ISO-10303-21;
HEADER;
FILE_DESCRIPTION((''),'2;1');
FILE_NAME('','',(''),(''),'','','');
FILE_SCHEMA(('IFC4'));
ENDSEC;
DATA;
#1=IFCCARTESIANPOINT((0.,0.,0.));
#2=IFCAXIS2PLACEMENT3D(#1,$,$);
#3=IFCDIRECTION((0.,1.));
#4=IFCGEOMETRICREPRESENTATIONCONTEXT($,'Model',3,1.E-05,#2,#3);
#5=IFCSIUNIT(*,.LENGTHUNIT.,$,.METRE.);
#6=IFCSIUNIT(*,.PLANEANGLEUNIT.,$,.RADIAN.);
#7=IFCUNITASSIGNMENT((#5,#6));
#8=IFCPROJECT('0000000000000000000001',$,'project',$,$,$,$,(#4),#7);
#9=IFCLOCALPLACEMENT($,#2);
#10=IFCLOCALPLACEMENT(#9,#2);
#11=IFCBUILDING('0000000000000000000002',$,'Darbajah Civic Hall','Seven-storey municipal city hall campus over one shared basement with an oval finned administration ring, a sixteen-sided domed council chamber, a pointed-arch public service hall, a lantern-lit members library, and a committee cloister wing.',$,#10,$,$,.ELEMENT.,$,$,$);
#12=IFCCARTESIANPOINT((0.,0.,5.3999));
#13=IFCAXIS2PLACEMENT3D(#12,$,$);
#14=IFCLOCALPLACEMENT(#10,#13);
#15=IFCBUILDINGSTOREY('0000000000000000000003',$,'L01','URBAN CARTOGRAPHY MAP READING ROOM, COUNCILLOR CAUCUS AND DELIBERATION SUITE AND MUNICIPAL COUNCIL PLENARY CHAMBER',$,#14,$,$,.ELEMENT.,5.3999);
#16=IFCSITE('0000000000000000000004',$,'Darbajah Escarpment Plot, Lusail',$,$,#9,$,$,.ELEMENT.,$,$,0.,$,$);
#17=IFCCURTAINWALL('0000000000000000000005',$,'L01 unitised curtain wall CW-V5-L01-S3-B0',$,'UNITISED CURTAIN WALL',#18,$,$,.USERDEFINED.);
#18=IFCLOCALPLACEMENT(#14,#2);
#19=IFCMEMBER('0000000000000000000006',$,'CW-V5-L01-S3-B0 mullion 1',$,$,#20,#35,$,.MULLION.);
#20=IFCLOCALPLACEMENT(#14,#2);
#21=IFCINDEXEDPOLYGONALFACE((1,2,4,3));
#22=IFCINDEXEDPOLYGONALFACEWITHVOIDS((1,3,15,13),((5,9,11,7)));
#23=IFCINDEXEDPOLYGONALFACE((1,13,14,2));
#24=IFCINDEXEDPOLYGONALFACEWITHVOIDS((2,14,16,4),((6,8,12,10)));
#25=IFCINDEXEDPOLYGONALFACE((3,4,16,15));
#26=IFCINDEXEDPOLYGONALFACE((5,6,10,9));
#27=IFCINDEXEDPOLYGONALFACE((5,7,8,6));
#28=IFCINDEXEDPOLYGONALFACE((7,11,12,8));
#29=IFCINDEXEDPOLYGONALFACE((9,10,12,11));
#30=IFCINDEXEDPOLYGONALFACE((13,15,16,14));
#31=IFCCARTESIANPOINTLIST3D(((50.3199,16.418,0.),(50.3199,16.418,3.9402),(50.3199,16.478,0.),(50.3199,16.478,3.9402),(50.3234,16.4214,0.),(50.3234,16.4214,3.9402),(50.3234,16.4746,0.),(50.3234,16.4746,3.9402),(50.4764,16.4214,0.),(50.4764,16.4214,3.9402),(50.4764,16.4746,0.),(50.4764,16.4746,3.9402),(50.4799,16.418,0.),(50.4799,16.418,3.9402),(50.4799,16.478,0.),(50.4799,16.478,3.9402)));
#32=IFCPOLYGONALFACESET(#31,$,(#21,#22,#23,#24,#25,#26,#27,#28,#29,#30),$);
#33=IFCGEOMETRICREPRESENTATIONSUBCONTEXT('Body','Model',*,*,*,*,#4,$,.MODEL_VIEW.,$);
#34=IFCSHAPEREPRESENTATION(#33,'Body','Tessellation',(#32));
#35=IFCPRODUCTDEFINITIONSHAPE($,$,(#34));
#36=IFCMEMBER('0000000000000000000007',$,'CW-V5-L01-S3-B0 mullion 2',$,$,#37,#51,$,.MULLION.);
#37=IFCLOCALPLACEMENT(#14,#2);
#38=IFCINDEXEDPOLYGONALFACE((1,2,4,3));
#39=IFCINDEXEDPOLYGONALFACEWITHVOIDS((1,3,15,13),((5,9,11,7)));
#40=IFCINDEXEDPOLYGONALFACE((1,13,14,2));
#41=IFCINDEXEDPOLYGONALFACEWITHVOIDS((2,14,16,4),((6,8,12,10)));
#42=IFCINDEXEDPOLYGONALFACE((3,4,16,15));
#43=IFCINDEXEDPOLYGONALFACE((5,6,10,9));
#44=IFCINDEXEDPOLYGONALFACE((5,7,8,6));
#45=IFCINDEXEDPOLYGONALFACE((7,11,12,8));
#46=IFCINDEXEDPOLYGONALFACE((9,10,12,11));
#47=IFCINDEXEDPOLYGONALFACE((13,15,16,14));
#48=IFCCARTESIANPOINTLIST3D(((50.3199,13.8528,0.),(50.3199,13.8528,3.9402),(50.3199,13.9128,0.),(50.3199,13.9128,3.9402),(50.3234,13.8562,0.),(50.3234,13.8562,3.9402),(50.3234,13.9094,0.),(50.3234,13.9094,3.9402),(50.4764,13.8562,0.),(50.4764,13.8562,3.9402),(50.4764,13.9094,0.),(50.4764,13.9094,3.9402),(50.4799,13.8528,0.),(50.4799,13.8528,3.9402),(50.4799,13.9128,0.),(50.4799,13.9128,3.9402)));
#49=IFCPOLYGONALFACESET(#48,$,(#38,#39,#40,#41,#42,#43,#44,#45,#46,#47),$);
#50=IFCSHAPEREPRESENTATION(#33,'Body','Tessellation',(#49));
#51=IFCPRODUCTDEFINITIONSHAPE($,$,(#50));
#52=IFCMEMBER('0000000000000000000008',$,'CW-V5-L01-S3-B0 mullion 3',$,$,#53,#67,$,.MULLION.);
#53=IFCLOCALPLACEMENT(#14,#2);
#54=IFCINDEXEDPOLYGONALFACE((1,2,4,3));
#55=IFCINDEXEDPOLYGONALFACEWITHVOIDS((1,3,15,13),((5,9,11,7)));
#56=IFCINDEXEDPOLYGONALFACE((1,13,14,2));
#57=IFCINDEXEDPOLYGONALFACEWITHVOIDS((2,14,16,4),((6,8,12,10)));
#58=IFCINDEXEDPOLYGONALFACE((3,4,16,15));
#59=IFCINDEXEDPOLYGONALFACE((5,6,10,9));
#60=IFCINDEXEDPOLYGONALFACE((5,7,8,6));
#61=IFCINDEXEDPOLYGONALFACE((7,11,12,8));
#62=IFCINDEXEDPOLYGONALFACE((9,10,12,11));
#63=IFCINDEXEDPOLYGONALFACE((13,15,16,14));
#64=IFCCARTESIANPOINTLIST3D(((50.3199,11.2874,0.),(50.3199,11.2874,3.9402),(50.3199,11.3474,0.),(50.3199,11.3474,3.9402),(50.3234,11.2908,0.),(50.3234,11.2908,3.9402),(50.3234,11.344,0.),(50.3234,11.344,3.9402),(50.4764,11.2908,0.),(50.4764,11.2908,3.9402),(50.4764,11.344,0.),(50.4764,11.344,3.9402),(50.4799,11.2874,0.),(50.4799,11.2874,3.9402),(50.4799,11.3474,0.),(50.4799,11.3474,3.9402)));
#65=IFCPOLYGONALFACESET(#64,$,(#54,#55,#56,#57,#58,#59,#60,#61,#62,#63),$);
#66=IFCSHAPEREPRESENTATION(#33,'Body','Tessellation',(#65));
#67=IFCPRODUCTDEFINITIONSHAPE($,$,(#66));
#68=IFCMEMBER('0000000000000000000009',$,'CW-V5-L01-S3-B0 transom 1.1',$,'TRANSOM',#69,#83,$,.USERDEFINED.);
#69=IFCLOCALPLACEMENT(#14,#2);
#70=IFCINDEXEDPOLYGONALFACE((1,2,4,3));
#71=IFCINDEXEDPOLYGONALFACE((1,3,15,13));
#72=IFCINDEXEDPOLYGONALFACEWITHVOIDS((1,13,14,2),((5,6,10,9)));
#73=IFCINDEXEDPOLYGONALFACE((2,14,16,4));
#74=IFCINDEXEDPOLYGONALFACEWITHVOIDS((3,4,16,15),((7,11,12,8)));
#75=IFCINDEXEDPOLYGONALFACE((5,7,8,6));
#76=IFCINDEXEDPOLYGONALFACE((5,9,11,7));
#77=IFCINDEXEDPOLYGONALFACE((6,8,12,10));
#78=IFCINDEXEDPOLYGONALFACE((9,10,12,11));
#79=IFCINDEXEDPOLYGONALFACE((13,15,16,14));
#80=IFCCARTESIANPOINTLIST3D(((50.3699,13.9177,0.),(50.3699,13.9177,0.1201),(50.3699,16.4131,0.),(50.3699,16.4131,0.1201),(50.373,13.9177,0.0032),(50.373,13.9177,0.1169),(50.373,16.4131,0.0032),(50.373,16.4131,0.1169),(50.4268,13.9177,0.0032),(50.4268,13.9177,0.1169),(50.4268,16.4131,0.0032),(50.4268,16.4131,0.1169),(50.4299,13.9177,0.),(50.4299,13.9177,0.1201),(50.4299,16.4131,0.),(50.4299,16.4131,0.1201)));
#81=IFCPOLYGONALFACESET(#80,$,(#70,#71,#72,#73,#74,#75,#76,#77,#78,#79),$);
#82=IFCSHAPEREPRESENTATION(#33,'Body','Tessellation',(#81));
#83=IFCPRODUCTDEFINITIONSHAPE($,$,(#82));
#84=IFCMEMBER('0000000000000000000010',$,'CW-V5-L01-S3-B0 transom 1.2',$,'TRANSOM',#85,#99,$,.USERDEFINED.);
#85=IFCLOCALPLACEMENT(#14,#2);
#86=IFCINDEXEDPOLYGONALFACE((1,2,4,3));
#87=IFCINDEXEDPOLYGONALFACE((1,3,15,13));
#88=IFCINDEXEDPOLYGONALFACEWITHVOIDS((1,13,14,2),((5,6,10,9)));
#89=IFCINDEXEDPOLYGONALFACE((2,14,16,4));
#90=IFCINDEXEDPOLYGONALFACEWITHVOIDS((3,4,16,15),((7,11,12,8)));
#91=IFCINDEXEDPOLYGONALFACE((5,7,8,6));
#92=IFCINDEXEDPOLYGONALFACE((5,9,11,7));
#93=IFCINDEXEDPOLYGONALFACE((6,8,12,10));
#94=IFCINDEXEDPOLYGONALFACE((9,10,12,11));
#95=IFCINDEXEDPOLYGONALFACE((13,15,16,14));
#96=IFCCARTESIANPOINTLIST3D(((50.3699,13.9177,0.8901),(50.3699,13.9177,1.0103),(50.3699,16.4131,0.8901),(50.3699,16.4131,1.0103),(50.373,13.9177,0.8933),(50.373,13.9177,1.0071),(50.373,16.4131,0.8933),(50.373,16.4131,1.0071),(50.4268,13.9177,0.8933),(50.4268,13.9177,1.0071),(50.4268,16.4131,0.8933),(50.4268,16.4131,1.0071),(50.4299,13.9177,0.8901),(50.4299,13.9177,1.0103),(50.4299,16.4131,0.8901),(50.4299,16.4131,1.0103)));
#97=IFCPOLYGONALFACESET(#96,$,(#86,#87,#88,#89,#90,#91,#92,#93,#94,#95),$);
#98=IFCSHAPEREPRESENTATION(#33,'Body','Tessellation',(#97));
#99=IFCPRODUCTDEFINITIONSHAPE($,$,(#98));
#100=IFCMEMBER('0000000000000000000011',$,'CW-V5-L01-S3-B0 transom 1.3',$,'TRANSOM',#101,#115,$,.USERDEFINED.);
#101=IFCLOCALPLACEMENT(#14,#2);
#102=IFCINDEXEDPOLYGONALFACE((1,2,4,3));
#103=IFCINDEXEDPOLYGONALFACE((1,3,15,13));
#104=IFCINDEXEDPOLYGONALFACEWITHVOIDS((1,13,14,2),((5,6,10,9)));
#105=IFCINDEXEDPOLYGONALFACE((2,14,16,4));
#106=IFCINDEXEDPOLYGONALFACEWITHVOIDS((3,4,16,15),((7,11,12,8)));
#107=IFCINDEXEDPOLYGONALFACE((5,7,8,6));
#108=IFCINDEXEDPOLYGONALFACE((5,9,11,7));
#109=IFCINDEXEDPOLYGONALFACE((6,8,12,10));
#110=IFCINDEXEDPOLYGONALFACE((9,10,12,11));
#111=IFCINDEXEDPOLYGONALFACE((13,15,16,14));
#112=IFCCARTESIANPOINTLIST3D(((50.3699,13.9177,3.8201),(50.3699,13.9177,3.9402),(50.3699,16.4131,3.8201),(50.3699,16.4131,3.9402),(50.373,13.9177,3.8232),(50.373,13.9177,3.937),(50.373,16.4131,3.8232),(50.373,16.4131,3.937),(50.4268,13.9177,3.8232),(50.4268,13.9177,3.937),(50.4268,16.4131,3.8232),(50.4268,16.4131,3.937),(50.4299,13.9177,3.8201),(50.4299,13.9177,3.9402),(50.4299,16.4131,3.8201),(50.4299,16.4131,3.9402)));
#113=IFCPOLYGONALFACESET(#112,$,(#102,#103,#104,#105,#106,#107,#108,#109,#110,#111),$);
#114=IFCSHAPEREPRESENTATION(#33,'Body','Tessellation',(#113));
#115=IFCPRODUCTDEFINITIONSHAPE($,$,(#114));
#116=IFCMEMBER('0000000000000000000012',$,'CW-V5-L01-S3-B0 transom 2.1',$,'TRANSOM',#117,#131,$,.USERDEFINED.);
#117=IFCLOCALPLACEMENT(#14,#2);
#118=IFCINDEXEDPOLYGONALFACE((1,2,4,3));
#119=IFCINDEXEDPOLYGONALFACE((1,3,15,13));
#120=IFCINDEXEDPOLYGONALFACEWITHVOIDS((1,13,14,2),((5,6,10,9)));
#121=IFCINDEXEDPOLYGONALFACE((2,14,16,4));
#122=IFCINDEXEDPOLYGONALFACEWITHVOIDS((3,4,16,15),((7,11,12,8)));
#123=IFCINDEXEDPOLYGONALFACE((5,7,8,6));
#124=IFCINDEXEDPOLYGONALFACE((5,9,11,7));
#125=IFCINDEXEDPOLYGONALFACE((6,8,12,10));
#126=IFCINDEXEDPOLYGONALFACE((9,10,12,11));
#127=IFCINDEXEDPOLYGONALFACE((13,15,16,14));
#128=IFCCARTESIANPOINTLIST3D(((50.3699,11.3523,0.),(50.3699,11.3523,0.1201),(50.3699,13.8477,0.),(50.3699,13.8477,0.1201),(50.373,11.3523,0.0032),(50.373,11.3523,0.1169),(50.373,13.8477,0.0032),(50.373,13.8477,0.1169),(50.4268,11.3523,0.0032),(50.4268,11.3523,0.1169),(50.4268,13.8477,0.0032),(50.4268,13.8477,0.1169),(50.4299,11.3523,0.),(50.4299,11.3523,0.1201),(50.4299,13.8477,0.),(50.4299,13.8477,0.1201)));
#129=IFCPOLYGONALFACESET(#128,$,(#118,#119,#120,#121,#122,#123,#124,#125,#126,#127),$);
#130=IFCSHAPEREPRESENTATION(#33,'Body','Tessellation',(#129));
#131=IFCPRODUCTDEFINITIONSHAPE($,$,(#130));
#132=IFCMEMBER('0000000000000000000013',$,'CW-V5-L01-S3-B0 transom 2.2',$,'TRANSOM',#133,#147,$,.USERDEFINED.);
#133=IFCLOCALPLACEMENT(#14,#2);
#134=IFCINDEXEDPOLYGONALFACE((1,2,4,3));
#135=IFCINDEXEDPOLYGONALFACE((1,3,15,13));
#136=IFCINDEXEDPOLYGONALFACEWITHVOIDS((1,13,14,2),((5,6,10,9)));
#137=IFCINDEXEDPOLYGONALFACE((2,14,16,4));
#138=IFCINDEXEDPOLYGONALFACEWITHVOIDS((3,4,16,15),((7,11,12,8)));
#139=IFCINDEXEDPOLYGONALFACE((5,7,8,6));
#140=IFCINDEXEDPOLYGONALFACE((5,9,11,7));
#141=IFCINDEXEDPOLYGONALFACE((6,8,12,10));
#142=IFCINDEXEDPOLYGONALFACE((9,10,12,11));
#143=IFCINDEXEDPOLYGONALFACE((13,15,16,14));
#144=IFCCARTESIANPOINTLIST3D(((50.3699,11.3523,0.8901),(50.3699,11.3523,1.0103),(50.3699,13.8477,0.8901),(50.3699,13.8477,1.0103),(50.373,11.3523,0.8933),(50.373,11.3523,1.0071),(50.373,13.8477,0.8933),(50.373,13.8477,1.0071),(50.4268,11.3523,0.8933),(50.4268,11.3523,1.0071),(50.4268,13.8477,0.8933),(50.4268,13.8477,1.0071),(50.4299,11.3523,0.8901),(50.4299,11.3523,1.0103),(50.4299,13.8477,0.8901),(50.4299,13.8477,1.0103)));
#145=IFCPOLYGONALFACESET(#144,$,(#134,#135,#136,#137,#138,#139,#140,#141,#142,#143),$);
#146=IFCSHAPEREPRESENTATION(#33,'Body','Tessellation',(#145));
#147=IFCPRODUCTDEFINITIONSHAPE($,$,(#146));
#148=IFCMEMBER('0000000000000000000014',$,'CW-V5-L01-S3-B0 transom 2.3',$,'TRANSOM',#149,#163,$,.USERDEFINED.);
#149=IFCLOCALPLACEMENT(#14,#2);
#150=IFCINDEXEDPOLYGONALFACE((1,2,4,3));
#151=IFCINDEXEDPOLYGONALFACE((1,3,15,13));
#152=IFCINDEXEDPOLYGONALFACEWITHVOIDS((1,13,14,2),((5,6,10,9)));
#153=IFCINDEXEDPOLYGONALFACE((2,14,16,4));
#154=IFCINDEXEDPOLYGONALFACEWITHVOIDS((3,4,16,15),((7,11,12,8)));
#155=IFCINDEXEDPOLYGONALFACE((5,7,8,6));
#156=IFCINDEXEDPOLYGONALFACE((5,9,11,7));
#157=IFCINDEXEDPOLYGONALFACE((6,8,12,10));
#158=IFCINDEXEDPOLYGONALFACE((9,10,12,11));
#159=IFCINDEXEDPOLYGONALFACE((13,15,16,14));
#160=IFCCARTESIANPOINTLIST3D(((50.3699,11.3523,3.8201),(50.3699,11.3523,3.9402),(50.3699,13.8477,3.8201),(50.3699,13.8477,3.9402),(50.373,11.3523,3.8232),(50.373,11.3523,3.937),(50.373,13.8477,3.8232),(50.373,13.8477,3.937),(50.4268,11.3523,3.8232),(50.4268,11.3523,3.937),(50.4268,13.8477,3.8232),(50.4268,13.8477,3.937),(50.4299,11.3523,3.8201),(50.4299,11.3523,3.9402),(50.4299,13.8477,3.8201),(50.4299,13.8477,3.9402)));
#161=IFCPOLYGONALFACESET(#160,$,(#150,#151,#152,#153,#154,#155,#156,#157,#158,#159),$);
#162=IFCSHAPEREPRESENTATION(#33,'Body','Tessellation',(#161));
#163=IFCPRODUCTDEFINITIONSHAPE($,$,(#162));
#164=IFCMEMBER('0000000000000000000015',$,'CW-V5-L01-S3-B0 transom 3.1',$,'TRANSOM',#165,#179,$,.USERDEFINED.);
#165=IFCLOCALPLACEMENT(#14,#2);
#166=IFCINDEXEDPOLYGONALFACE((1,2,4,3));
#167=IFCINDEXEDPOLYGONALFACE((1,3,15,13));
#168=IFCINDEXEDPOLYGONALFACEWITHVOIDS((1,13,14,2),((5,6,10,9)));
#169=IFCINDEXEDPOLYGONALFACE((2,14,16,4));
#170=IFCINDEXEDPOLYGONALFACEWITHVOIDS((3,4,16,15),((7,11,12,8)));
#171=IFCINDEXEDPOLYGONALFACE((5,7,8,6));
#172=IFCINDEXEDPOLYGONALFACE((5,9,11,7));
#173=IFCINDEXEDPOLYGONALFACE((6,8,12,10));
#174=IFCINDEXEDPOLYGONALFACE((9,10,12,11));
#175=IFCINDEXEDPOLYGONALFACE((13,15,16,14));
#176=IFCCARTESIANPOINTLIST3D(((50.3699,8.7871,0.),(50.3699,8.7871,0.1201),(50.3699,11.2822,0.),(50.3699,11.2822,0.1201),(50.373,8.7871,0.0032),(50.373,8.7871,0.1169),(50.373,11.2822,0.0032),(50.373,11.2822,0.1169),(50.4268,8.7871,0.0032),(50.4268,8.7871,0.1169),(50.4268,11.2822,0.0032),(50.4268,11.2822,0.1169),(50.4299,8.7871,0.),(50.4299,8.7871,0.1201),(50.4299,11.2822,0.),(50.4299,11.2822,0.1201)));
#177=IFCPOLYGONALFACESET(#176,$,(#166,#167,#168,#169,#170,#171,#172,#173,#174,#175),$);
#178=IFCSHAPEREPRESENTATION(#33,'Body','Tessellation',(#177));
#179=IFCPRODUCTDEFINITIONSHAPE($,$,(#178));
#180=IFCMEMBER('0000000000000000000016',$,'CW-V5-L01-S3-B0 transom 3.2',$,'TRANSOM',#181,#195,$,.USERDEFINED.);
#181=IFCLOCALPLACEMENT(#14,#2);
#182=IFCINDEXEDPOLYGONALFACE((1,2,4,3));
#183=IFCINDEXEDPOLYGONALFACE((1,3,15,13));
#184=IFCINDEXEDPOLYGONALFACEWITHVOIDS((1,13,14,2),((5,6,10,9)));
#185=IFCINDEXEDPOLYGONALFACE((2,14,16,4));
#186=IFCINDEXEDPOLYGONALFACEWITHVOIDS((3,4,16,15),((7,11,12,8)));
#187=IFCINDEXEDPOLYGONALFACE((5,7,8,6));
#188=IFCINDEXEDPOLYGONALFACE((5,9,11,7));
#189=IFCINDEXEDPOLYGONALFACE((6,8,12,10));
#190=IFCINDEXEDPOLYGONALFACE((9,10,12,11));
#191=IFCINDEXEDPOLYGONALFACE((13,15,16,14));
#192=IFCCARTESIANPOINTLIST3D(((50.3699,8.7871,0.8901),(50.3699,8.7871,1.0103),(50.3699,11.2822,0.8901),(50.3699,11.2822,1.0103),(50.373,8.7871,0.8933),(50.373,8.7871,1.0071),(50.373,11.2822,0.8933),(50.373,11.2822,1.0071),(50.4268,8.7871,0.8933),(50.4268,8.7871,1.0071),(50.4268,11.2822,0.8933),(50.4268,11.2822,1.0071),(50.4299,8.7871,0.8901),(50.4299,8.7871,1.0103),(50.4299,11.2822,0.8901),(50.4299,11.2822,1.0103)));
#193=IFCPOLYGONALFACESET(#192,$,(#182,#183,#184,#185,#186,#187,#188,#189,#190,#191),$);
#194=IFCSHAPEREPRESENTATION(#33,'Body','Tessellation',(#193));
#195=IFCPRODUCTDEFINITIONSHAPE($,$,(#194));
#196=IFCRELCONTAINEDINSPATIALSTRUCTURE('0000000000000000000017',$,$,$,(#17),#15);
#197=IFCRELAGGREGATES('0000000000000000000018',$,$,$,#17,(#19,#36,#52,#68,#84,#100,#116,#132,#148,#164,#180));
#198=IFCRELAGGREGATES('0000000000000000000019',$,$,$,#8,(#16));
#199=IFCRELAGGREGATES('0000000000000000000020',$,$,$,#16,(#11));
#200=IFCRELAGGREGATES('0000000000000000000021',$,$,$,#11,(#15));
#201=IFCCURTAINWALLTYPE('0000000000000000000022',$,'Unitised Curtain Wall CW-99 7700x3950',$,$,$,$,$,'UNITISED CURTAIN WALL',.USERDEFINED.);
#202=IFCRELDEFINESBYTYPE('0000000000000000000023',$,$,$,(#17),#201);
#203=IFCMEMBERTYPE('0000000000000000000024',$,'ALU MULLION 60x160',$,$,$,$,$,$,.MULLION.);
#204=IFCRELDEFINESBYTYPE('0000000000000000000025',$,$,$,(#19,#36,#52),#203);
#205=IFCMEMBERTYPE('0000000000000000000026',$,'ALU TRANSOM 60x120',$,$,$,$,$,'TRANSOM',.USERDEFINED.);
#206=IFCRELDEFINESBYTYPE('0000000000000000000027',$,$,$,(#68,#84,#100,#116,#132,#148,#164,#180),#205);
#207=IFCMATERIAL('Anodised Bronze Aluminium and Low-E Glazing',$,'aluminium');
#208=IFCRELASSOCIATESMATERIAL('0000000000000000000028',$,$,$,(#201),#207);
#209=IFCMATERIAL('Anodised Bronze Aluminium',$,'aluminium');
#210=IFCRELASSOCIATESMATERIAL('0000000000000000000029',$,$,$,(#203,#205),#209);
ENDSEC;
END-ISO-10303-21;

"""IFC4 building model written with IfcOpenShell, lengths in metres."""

from ifc_helpers import new_model, si_unit, direction, frame, origin, origin_2d, place, context, subcontext, project, spatial, hollow_rectangle, extrude, material, material_profile, profile_set, type_object, element, aggregate, save


model = new_model("IFC4")

# Units and contexts
model_context = context("Model", 3, precision=1e-05, world=origin(), true_north=direction((0.0, 1.0)))
body_context = subcontext(model_context, "Body", "Model", "MODEL_VIEW")
ifc_project = project(units=[si_unit("LENGTHUNIT", "METRE"), si_unit("PLANEANGLEUNIT", "RADIAN")], contexts=[model_context])

# Site, building, storey
site_placement = place(None, origin())
site = spatial("IfcSite", under=ifc_project, at=site_placement, Name="Darbajah Escarpment Plot, Lusail", CompositionType="ELEMENT", RefElevation=0.0)
building_placement = place(site_placement, origin())
building = spatial("IfcBuilding", under=site, at=building_placement, Name="Darbajah Civic Hall", Description="Seven-storey municipal city hall campus over one shared basement with an oval finned administration ring, a sixteen-sided domed council chamber, a pointed-arch public service hall, a lantern-lit members library, and a committee cloister wing.", CompositionType="ELEMENT")
storey_placement = place(building_placement, frame((0.0, 0.0, 5.3999)))
storey = spatial("IfcBuildingStorey", under=building, at=storey_placement, Name="L01", Description="URBAN CARTOGRAPHY MAP READING ROOM, COUNCILLOR CAUCUS AND DELIBERATION SUITE AND MUNICIPAL COUNCIL PLENARY CHAMBER", CompositionType="ELEMENT", Elevation=5.3999)

# Curtain wall, members
ifc_material_1 = material(Name="Anodised Bronze Aluminium and Low-E Glazing", Category="aluminium")
curtain_wall_type = type_object("IfcCurtainWallType", Name="Unitised Curtain Wall CW-99 7700x3950", ElementType="UNITISED CURTAIN WALL", PredefinedType="USERDEFINED", material=ifc_material_1)
curtain_wall_placement = place(storey_placement, origin())
curtain_wall = element("IfcCurtainWall", 1, at=curtain_wall_placement, inside=storey, type_object=curtain_wall_type, Name="L01 unitised curtain wall CW-V5-L01-S3-B0", ObjectType="UNITISED CURTAIN WALL", PredefinedType="USERDEFINED")
ifc_material_2 = material(Name="Anodised Bronze Aluminium", Category="aluminium")
ifc_material_profile_1 = material_profile(ifc_material_2, hollow_rectangle(XDim=0.0601, YDim=0.1599, WallThickness=0.0034, at=origin_2d()), Name="ALU MULLION 60x160")
ifc_profile_set_1 = profile_set([ifc_material_profile_1], Name="Anodised Bronze Aluminium")
member_type_1 = type_object("IfcMemberType", Name="ALU MULLION 60x160", PredefinedType="MULLION", material=ifc_profile_set_1)
member_1_placement = place(storey_placement, frame((50.3999, 16.448, 0.0), z_axis=(0.0, 0.0, 1.0), x_axis=(0.0, -1.0, 0.0)))
member_1 = element("IfcMember", 2, at=member_1_placement, type_object=member_type_1, Name="CW-V5-L01-S3-B0 mullion 1", PredefinedType="MULLION", context=body_context, shape_type="SweptSolid", body=[
    extrude(hollow_rectangle(XDim=0.0601, YDim=0.1599, WallThickness=0.0034, at=origin_2d()), origin(), (0.0, 0.0, 1.0), 3.9402),
])
member_2_placement = place(storey_placement, frame((50.3999, 13.8828, 0.0), z_axis=(0.0, 0.0, 1.0), x_axis=(0.0, -1.0, 0.0)))
member_2 = element("IfcMember", 3, at=member_2_placement, type_object=member_type_1, Name="CW-V5-L01-S3-B0 mullion 2", PredefinedType="MULLION", context=body_context, shape_type="SweptSolid", body=[
    extrude(hollow_rectangle(XDim=0.0601, YDim=0.1599, WallThickness=0.0034, at=origin_2d()), origin(), (0.0, 0.0, 1.0), 3.9402),
])
member_3_placement = place(storey_placement, frame((50.3999, 11.3174, 0.0), z_axis=(0.0, 0.0, 1.0), x_axis=(0.0, -1.0, 0.0)))
member_3 = element("IfcMember", 4, at=member_3_placement, type_object=member_type_1, Name="CW-V5-L01-S3-B0 mullion 3", PredefinedType="MULLION", context=body_context, shape_type="SweptSolid", body=[
    extrude(hollow_rectangle(XDim=0.0601, YDim=0.1599, WallThickness=0.0034, at=origin_2d()), origin(), (0.0, 0.0, 1.0), 3.9402),
])
ifc_material_profile_2 = material_profile(ifc_material_2, hollow_rectangle(XDim=0.0601, YDim=0.1201, WallThickness=0.0032, at=origin_2d()), Name="ALU TRANSOM 60x120")
ifc_profile_set_2 = profile_set([ifc_material_profile_2], Name="Anodised Bronze Aluminium")
member_type_2 = type_object("IfcMemberType", Name="ALU TRANSOM 60x120", ElementType="TRANSOM", PredefinedType="USERDEFINED", material=ifc_profile_set_2)
member_4_placement = place(storey_placement, frame((50.3999, 16.4131, 0.0601), z_axis=(0.0, -1.0, 0.0), x_axis=(1.0, 0.0, 0.0)))
member_4 = element("IfcMember", 5, at=member_4_placement, type_object=member_type_2, Name="CW-V5-L01-S3-B0 transom 1.1", ObjectType="TRANSOM", PredefinedType="USERDEFINED", context=body_context, shape_type="SweptSolid", body=[
    extrude(hollow_rectangle(XDim=0.0601, YDim=0.1201, WallThickness=0.0032, at=origin_2d()), origin(), (0.0, 0.0, 1.0), 2.4954),
])
member_5_placement = place(storey_placement, frame((50.3999, 16.4131, 0.9502), z_axis=(0.0, -1.0, 0.0), x_axis=(1.0, 0.0, 0.0)))
member_5 = element("IfcMember", 6, at=member_5_placement, type_object=member_type_2, Name="CW-V5-L01-S3-B0 transom 1.2", ObjectType="TRANSOM", PredefinedType="USERDEFINED", context=body_context, shape_type="SweptSolid", body=[
    extrude(hollow_rectangle(XDim=0.0601, YDim=0.1201, WallThickness=0.0032, at=origin_2d()), origin(), (0.0, 0.0, 1.0), 2.4954),
])
member_6_placement = place(storey_placement, frame((50.3999, 16.4131, 3.8801), z_axis=(0.0, -1.0, 0.0), x_axis=(1.0, 0.0, 0.0)))
member_6 = element("IfcMember", 7, at=member_6_placement, type_object=member_type_2, Name="CW-V5-L01-S3-B0 transom 1.3", ObjectType="TRANSOM", PredefinedType="USERDEFINED", context=body_context, shape_type="SweptSolid", body=[
    extrude(hollow_rectangle(XDim=0.0601, YDim=0.1201, WallThickness=0.0032, at=origin_2d()), origin(), (0.0, 0.0, 1.0), 2.4954),
])
member_7_placement = place(storey_placement, frame((50.3999, 13.8477, 0.0601), z_axis=(0.0, -1.0, 0.0), x_axis=(1.0, 0.0, 0.0)))
member_7 = element("IfcMember", 8, at=member_7_placement, type_object=member_type_2, Name="CW-V5-L01-S3-B0 transom 2.1", ObjectType="TRANSOM", PredefinedType="USERDEFINED", context=body_context, shape_type="SweptSolid", body=[
    extrude(hollow_rectangle(XDim=0.0601, YDim=0.1201, WallThickness=0.0032, at=origin_2d()), origin(), (0.0, 0.0, 1.0), 2.4954),
])
member_8_placement = place(storey_placement, frame((50.3999, 13.8477, 0.9502), z_axis=(0.0, -1.0, 0.0), x_axis=(1.0, 0.0, 0.0)))
member_8 = element("IfcMember", 9, at=member_8_placement, type_object=member_type_2, Name="CW-V5-L01-S3-B0 transom 2.2", ObjectType="TRANSOM", PredefinedType="USERDEFINED", context=body_context, shape_type="SweptSolid", body=[
    extrude(hollow_rectangle(XDim=0.0601, YDim=0.1201, WallThickness=0.0032, at=origin_2d()), origin(), (0.0, 0.0, 1.0), 2.4954),
])
member_9_placement = place(storey_placement, frame((50.3999, 13.8477, 3.8801), z_axis=(0.0, -1.0, 0.0), x_axis=(1.0, 0.0, 0.0)))
member_9 = element("IfcMember", 10, at=member_9_placement, type_object=member_type_2, Name="CW-V5-L01-S3-B0 transom 2.3", ObjectType="TRANSOM", PredefinedType="USERDEFINED", context=body_context, shape_type="SweptSolid", body=[
    extrude(hollow_rectangle(XDim=0.0601, YDim=0.1201, WallThickness=0.0032, at=origin_2d()), origin(), (0.0, 0.0, 1.0), 2.4954),
])
member_10_placement = place(storey_placement, frame((50.3999, 11.2822, 0.0601), z_axis=(0.0, -1.0, 0.0), x_axis=(1.0, 0.0, 0.0)))
member_10 = element("IfcMember", 11, at=member_10_placement, type_object=member_type_2, Name="CW-V5-L01-S3-B0 transom 3.1", ObjectType="TRANSOM", PredefinedType="USERDEFINED", context=body_context, shape_type="SweptSolid", body=[
    extrude(hollow_rectangle(XDim=0.0601, YDim=0.1201, WallThickness=0.0032, at=origin_2d()), origin(), (0.0, 0.0, 1.0), 2.4951),
])
member_11_placement = place(storey_placement, frame((50.3999, 11.2822, 0.9502), z_axis=(0.0, -1.0, 0.0), x_axis=(1.0, 0.0, 0.0)))
member_11 = element("IfcMember", 12, at=member_11_placement, type_object=member_type_2, Name="CW-V5-L01-S3-B0 transom 3.2", ObjectType="TRANSOM", PredefinedType="USERDEFINED", context=body_context, shape_type="SweptSolid", body=[
    extrude(hollow_rectangle(XDim=0.0601, YDim=0.1201, WallThickness=0.0032, at=origin_2d()), origin(), (0.0, 0.0, 1.0), 2.4951),
])

aggregate(curtain_wall, [member_1, member_2, member_3, member_4, member_5, member_6, member_7, member_8, member_9, member_10, member_11])

save(model, "model.ifc")
